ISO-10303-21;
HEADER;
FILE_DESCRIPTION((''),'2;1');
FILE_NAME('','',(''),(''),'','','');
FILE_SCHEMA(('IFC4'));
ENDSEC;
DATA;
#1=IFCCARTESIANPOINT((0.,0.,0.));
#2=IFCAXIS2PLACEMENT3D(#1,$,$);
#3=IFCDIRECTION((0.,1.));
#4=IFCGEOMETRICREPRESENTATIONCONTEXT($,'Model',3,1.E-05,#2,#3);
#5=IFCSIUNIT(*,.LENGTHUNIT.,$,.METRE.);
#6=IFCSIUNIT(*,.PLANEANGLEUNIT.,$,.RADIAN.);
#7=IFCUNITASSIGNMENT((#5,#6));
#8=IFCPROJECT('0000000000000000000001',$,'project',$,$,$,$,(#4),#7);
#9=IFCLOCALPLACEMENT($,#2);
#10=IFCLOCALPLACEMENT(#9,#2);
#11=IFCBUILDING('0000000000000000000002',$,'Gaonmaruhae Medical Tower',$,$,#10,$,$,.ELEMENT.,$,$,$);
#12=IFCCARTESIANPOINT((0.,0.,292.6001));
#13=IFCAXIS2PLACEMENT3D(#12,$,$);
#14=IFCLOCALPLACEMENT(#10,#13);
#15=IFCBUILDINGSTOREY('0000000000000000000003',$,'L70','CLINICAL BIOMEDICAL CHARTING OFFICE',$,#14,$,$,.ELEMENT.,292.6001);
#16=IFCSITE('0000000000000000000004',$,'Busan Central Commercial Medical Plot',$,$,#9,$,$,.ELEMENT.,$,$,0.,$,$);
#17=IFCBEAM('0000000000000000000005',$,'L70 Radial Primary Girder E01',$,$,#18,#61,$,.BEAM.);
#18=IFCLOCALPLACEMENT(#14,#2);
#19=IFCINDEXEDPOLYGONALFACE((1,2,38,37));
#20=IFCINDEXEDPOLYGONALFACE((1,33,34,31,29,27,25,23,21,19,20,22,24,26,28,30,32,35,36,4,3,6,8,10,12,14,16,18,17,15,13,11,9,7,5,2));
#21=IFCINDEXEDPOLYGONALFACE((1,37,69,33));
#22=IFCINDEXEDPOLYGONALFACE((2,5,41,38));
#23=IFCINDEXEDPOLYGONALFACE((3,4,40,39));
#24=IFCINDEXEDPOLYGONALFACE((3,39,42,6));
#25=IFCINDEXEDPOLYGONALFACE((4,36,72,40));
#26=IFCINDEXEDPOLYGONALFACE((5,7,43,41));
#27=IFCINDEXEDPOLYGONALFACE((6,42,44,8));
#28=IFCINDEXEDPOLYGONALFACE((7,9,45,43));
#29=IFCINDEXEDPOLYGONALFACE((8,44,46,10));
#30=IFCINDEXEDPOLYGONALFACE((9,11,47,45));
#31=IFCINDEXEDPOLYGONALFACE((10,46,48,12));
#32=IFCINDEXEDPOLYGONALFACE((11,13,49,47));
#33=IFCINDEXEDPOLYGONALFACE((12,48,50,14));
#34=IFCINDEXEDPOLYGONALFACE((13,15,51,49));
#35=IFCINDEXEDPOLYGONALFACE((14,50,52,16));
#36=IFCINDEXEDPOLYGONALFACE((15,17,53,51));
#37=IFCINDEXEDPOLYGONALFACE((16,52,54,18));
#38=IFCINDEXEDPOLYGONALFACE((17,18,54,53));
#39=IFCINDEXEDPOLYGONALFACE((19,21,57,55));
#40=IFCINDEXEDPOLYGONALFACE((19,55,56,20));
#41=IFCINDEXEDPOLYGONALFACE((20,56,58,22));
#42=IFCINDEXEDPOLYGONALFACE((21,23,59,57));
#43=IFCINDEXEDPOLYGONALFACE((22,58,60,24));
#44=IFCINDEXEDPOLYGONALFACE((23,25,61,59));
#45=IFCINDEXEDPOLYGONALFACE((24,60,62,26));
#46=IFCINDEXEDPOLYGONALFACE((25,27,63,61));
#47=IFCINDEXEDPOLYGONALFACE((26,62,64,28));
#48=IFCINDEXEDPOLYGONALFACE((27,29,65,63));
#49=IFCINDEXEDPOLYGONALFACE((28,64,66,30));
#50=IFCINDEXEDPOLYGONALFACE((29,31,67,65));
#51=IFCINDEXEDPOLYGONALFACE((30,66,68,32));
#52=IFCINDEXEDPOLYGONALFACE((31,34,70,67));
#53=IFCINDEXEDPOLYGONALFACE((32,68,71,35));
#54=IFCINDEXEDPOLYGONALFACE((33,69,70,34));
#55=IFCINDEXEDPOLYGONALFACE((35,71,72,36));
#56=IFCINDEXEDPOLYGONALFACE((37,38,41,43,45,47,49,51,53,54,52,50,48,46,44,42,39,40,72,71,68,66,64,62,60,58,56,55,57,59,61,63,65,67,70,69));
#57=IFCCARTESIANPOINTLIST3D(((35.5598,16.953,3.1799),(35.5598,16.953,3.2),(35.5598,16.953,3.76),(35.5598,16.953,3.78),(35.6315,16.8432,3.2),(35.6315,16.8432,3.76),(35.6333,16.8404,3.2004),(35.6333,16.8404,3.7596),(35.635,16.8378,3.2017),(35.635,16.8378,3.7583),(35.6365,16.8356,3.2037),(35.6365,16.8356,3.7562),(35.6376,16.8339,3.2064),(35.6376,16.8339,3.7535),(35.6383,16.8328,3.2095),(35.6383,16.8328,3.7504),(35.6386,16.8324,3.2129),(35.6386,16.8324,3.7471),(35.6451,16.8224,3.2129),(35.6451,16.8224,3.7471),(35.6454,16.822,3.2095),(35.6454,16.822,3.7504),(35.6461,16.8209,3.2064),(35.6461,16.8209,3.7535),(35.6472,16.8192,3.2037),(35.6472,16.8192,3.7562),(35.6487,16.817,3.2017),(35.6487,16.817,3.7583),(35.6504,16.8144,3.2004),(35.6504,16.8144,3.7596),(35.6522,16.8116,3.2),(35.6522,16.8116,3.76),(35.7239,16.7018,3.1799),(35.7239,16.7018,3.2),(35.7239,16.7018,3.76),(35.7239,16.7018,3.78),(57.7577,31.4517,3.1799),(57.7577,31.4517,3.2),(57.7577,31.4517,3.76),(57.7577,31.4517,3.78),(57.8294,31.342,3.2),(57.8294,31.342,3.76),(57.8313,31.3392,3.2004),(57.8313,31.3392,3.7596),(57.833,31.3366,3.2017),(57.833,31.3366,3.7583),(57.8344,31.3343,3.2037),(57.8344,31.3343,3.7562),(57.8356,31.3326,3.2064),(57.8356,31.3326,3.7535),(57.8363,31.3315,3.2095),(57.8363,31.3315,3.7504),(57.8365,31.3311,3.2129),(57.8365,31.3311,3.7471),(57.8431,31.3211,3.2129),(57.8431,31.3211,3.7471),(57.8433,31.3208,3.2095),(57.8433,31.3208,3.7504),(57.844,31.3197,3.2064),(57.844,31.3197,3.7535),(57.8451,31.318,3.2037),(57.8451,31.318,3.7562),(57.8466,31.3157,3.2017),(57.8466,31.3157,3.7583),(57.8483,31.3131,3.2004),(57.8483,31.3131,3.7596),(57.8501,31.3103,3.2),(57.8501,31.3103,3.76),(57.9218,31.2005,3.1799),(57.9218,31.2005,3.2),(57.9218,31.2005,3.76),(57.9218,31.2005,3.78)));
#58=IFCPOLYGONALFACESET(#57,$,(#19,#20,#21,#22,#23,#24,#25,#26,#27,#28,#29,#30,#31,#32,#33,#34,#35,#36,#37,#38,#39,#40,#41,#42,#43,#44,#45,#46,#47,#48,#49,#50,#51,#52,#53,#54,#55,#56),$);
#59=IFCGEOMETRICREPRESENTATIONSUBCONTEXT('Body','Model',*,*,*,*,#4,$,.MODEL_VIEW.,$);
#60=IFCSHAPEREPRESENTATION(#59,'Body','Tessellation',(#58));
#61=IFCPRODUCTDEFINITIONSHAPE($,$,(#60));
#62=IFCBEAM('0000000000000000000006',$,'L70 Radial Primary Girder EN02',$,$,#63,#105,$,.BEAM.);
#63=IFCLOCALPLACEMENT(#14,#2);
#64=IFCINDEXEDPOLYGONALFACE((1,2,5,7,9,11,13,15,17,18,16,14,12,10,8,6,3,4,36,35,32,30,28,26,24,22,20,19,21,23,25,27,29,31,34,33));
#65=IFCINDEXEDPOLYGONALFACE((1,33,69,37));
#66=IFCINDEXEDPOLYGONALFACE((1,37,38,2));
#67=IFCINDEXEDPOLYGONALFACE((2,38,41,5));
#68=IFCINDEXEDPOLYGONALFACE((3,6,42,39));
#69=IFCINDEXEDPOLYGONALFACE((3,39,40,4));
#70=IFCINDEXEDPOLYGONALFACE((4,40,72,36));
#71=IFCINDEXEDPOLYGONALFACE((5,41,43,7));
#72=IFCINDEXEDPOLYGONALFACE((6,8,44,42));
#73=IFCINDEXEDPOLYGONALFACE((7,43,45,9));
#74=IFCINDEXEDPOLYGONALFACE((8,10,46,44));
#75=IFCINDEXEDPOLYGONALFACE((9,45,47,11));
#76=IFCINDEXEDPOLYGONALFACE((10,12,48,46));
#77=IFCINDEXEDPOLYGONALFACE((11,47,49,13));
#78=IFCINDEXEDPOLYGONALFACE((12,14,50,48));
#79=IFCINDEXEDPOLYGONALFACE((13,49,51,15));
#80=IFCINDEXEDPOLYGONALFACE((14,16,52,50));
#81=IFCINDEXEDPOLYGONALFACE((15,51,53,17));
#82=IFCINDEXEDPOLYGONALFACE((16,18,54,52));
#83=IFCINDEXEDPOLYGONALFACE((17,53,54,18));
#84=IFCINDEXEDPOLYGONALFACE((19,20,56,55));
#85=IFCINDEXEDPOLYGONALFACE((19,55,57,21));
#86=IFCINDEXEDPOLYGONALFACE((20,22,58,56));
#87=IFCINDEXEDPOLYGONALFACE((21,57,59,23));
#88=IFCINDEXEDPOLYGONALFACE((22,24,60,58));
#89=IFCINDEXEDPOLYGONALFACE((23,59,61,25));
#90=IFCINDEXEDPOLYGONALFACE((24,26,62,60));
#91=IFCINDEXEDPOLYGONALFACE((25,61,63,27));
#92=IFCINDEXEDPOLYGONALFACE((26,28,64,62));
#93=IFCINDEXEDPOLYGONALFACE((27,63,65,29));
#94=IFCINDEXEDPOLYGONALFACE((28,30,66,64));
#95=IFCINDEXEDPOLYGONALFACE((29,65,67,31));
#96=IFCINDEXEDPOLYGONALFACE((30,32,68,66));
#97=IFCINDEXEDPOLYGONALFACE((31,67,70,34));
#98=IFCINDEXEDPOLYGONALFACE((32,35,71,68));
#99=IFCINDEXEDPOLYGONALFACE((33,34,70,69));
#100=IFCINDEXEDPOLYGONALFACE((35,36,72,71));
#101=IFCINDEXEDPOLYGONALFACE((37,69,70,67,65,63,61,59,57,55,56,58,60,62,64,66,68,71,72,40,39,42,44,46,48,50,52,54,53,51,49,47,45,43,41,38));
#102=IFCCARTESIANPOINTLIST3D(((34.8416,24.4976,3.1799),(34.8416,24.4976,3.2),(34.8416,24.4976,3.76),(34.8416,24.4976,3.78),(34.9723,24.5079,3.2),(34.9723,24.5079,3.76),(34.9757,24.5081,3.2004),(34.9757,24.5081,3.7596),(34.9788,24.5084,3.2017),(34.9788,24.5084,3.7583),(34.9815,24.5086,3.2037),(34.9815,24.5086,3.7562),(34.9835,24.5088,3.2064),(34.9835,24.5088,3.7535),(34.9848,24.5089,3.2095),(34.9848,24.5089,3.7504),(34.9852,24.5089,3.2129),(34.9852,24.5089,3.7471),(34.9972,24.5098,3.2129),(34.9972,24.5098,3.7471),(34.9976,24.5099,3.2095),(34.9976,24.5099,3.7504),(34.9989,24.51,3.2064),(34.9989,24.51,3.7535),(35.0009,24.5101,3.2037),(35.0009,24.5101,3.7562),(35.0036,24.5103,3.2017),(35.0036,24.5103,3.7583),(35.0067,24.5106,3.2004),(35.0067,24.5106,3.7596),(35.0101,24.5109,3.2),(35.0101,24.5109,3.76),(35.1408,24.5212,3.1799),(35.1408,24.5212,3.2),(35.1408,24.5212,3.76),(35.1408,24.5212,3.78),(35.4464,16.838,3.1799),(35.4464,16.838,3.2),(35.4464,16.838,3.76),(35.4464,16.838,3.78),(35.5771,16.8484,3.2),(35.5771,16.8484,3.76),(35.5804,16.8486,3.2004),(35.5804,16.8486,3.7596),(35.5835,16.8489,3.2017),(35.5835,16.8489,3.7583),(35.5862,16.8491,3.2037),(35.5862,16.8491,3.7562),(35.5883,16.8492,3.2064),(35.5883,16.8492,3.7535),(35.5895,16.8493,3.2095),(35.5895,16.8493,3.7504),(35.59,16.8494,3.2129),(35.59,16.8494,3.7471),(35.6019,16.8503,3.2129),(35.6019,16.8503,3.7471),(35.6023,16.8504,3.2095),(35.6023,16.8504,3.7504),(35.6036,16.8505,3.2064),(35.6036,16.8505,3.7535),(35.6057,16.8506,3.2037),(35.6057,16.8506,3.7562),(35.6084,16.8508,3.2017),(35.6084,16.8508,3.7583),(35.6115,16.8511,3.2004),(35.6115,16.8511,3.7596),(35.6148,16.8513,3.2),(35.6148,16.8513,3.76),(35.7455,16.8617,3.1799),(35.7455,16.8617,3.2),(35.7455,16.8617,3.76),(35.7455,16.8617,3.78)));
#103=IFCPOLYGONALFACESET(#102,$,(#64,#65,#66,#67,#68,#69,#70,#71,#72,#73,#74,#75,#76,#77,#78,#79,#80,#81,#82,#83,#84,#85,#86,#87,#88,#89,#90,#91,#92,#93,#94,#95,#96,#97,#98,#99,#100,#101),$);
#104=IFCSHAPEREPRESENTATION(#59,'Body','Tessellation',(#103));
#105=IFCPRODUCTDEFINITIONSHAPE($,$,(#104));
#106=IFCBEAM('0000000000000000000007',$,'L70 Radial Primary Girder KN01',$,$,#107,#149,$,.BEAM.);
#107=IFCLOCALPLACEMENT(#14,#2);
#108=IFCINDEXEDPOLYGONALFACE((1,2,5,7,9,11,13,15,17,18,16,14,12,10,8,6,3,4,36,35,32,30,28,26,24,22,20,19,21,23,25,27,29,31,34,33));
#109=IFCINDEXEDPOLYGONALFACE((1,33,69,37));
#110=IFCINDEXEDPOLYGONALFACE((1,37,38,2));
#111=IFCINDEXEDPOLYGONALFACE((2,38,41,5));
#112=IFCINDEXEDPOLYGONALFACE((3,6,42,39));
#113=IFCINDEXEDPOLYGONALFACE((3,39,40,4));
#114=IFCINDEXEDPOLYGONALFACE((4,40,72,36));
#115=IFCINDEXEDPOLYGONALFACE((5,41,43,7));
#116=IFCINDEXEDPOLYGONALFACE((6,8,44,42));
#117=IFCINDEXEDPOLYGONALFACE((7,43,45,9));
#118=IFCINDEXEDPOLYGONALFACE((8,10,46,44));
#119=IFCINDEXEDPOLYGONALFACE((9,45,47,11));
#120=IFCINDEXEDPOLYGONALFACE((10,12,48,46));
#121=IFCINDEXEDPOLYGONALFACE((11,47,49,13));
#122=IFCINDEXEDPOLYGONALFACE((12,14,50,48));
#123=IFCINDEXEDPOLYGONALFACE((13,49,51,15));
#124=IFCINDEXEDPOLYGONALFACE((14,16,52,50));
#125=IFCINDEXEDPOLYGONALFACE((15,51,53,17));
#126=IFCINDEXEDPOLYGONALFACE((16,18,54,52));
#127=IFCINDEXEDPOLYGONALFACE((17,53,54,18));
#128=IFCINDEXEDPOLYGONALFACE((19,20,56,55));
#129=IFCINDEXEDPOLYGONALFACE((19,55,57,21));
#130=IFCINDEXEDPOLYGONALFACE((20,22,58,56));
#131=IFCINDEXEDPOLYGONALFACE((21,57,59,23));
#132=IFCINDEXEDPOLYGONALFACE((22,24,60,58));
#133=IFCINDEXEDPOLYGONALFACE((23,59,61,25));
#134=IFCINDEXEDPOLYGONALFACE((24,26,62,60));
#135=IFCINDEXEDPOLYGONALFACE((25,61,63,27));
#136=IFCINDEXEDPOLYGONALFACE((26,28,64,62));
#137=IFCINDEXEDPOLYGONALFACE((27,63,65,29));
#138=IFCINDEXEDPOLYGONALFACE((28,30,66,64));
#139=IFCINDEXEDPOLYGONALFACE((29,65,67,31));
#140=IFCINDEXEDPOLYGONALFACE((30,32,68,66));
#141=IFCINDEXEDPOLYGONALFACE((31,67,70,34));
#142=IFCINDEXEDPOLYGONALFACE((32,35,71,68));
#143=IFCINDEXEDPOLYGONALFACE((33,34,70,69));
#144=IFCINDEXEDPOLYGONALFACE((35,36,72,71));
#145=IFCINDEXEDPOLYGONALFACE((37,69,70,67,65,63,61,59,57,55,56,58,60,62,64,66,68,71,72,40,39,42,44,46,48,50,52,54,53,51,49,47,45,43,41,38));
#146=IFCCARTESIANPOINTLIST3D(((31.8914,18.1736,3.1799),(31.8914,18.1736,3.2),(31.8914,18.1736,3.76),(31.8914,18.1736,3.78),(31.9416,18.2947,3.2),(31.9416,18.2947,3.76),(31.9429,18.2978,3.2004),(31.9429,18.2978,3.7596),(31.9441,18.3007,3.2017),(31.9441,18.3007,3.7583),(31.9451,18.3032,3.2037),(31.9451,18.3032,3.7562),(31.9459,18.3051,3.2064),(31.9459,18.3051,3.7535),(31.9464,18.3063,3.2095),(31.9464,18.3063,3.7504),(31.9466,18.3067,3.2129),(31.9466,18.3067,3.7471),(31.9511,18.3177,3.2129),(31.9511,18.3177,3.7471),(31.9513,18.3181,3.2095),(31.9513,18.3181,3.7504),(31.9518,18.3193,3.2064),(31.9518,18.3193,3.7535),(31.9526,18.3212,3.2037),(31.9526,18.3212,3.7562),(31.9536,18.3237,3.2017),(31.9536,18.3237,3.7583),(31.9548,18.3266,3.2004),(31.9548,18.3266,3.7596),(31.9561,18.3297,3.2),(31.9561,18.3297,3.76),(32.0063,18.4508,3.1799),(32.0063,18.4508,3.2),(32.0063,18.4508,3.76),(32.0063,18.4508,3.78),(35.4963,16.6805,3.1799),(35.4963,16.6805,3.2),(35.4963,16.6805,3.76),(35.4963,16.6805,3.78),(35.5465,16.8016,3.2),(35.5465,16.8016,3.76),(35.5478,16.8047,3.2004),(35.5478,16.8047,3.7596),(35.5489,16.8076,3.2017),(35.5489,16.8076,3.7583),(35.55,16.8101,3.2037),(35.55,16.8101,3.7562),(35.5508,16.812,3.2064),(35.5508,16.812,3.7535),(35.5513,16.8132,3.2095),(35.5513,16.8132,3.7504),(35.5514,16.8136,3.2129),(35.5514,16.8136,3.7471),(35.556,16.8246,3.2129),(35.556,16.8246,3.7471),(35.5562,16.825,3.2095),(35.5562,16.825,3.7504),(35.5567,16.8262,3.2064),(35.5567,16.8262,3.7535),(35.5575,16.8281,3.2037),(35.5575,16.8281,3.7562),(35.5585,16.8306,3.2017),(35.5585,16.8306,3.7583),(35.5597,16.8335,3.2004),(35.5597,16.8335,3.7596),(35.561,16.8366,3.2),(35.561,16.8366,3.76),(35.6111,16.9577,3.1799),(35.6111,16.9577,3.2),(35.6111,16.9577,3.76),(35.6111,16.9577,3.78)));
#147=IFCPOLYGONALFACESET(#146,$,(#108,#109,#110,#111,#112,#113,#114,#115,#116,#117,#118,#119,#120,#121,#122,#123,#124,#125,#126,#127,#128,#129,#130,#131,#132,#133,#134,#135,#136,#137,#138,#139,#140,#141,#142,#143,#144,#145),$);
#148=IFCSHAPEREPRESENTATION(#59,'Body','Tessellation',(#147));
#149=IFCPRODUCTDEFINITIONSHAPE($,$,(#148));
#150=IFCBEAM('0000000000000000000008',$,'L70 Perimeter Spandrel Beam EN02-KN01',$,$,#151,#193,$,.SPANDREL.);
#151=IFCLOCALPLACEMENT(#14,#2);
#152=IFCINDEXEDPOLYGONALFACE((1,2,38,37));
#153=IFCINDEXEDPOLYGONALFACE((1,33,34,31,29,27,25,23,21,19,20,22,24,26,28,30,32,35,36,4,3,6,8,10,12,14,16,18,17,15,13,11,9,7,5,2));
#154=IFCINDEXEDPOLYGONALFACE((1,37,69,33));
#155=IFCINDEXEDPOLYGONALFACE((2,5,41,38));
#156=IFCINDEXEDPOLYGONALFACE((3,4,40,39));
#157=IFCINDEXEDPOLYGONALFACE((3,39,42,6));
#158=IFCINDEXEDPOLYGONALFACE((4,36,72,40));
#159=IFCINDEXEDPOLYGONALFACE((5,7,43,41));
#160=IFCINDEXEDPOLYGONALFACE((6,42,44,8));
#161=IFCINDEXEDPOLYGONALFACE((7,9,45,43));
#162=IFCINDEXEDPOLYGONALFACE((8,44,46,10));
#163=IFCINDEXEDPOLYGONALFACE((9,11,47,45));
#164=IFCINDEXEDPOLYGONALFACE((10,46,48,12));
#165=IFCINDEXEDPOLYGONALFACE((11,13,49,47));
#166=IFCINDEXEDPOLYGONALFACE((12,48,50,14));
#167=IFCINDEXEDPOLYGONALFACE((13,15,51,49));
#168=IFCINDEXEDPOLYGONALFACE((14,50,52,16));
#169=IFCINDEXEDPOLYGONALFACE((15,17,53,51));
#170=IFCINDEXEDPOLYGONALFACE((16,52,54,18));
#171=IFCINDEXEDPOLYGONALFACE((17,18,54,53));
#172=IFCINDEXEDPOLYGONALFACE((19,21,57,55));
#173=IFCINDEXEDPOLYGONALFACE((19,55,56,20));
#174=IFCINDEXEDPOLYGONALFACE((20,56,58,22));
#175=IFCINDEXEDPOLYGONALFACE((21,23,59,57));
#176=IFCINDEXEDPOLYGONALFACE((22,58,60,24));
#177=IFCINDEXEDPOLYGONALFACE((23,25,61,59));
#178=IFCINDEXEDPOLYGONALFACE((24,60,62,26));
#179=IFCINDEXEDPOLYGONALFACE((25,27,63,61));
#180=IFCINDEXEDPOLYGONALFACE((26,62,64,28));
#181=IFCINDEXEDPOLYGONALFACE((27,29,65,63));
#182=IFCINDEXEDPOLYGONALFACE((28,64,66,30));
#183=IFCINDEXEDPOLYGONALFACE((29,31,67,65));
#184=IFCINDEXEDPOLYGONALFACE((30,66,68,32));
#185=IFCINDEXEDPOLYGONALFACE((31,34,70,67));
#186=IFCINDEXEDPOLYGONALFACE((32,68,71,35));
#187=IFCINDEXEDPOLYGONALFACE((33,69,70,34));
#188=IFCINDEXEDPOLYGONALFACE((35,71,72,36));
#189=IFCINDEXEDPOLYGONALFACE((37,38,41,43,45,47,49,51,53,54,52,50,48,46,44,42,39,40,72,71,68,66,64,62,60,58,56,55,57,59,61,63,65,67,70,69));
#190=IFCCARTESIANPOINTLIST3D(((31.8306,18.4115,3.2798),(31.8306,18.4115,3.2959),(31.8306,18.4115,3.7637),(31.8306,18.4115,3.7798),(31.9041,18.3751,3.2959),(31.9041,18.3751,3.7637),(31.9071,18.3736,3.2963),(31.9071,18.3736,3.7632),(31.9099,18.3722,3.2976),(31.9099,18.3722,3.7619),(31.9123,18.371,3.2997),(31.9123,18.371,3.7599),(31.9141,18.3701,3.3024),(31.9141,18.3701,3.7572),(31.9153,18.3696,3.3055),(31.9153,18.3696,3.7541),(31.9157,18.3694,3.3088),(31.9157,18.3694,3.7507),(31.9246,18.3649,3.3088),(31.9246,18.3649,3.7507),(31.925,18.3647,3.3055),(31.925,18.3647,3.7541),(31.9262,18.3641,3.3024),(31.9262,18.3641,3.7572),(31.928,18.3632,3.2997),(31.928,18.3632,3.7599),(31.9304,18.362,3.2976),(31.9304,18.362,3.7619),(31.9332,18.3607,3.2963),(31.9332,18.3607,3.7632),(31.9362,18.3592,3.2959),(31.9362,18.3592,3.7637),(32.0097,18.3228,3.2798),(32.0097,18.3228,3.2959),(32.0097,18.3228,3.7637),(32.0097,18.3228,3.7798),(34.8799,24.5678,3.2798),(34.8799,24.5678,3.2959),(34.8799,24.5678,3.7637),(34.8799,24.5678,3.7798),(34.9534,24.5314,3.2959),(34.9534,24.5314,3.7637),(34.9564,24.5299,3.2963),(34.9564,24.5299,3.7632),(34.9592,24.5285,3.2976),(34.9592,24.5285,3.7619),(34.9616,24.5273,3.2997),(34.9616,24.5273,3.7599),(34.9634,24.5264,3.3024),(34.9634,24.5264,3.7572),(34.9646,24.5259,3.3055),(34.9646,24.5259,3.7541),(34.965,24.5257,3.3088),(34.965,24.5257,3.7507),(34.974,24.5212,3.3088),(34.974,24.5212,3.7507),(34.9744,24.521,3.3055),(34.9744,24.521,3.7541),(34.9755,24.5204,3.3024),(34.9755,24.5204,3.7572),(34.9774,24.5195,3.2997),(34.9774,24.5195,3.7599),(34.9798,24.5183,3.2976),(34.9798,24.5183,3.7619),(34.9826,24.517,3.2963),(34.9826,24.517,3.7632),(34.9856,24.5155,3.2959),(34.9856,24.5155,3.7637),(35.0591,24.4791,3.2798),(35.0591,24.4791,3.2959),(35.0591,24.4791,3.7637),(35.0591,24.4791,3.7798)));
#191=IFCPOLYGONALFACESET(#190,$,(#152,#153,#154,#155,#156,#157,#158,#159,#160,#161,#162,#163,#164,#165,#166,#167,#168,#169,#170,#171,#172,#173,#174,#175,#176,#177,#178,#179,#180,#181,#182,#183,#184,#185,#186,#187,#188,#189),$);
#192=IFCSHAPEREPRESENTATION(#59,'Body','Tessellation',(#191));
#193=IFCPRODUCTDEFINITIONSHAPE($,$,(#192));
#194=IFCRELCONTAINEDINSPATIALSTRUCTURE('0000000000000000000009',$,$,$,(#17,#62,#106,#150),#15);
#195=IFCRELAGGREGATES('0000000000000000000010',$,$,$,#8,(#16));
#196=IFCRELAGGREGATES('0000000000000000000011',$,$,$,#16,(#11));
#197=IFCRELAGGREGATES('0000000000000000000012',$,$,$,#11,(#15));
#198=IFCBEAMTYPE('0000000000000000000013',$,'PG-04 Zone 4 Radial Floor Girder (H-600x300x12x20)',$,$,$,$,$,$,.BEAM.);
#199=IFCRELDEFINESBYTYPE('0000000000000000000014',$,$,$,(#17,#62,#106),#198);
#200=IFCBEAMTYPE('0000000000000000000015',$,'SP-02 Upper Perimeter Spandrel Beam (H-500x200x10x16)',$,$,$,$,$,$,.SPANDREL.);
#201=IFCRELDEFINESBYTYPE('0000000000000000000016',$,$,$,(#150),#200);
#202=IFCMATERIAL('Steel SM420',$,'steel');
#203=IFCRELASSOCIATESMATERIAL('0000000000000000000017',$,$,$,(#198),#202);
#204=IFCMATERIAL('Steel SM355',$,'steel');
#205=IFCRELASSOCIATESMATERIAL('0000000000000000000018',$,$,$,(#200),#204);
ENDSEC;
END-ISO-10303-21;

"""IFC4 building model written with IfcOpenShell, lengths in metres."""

from ifc_helpers import new_model, si_unit, direction, frame, origin, origin_2d, place, context, subcontext, project, spatial, i_section, extrude, material, material_profile, profile_set, type_object, element, save


model = new_model("IFC4")

# Units and contexts
model_context = context("Model", 3, precision=1e-05, world=origin(), true_north=direction((0.0, 1.0)))
body_context = subcontext(model_context, "Body", "Model", "MODEL_VIEW")
ifc_project = project(units=[si_unit("LENGTHUNIT", "METRE"), si_unit("PLANEANGLEUNIT", "RADIAN")], contexts=[model_context])

# Site, building, storey
site_placement = place(None, origin())
site = spatial("IfcSite", under=ifc_project, at=site_placement, Name="Busan Central Commercial Medical Plot", CompositionType="ELEMENT", RefElevation=0.0)
building_placement = place(site_placement, origin())
building = spatial("IfcBuilding", under=site, at=building_placement, Name="Gaonmaruhae Medical Tower", CompositionType="ELEMENT")
storey_placement = place(building_placement, frame((0.0, 0.0, 292.6001)))
storey = spatial("IfcBuildingStorey", under=building, at=storey_placement, Name="L70", Description="CLINICAL BIOMEDICAL CHARTING OFFICE", CompositionType="ELEMENT", Elevation=292.6001)

# Beams
ifc_material_1 = material(Name="Steel SM355", Category="steel")
ifc_material_2 = material(Name="Steel SM420", Category="steel")
ifc_material_profile_1 = material_profile(ifc_material_2, i_section(OverallWidth=0.3, OverallDepth=0.6001, WebThickness=0.012, FlangeThickness=0.02, FilletRadius=0.0129, at=origin_2d()), Name="H-600x300x12x20")
ifc_profile_set_1 = profile_set([ifc_material_profile_1], Name="Steel SM420")
beam_type_1 = type_object("IfcBeamType", Name="PG-04 Zone 4 Radial Floor Girder (H-600x300x12x20)", PredefinedType="BEAM", material=ifc_profile_set_1)
beam_1_placement = place(storey_placement, frame((35.6418, 16.8274, 3.48), z_axis=(0.837234, 0.546845, 0.0), x_axis=(-0.546845, 0.837234, 0.0)))
element("IfcBeam", 1, at=beam_1_placement, inside=storey, type_object=beam_type_1, Name="L70 Radial Primary Girder E01", PredefinedType="BEAM", context=body_context, shape_type="SweptSolid", body=[
    extrude(i_section(OverallWidth=0.3, OverallDepth=0.6001, WebThickness=0.012, FlangeThickness=0.02, FilletRadius=0.0129, at=origin_2d()), origin(), (0.0, 0.0, 1.0), 26.5134),
])
beam_2_placement = place(storey_placement, frame((35.5959, 16.8499, 3.48), z_axis=(-0.078708, 0.996898, 0.0), x_axis=(-0.996898, -0.078708, 0.0)))
element("IfcBeam", 2, at=beam_2_placement, inside=storey, type_object=beam_type_1, Name="L70 Radial Primary Girder EN02", PredefinedType="BEAM", context=body_context, shape_type="SweptSolid", body=[
    extrude(i_section(OverallWidth=0.3, OverallDepth=0.6001, WebThickness=0.012, FlangeThickness=0.02, FilletRadius=0.0129, at=origin_2d()), origin(), (0.0, 0.0, 1.0), 7.6833),
])
beam_3_placement = place(storey_placement, frame((35.5537, 16.8191, 3.48), z_axis=(-0.923886, 0.382669, 0.0), x_axis=(-0.382669, -0.923886, 0.0)))
element("IfcBeam", 3, at=beam_3_placement, inside=storey, type_object=beam_type_1, Name="L70 Radial Primary Girder KN01", PredefinedType="BEAM", context=body_context, shape_type="SweptSolid", body=[
    extrude(i_section(OverallWidth=0.3, OverallDepth=0.6001, WebThickness=0.012, FlangeThickness=0.02, FilletRadius=0.0129, at=origin_2d()), origin(), (0.0, 0.0, 1.0), 3.9019),
])
ifc_material_profile_2 = material_profile(ifc_material_1, i_section(OverallWidth=0.2, OverallDepth=0.5, WebThickness=0.01, FlangeThickness=0.0161, FilletRadius=0.0129, at=origin_2d()), Name="H-500x200x10x16")
ifc_profile_set_2 = profile_set([ifc_material_profile_2], Name="Steel SM355")
beam_type_2 = type_object("IfcBeamType", Name="SP-02 Upper Perimeter Spandrel Beam (H-500x200x10x16)", PredefinedType="SPANDREL", material=ifc_profile_set_2)
beam_4_placement = place(storey_placement, frame((34.9695, 24.5234, 3.5298), z_axis=(-0.443856, -0.896098, 0.0), x_axis=(0.896098, -0.443856, 0.0)))
element("IfcBeam", 4, at=beam_4_placement, inside=storey, type_object=beam_type_2, Name="L70 Perimeter Spandrel Beam EN02-KN01", PredefinedType="SPANDREL", context=body_context, shape_type="SweptSolid", body=[
    extrude(i_section(OverallWidth=0.2, OverallDepth=0.5, WebThickness=0.01, FlangeThickness=0.0161, FilletRadius=0.0129, at=origin_2d()), origin(), (0.0, 0.0, 1.0), 6.8701),
])

save(model, "model.ifc")
